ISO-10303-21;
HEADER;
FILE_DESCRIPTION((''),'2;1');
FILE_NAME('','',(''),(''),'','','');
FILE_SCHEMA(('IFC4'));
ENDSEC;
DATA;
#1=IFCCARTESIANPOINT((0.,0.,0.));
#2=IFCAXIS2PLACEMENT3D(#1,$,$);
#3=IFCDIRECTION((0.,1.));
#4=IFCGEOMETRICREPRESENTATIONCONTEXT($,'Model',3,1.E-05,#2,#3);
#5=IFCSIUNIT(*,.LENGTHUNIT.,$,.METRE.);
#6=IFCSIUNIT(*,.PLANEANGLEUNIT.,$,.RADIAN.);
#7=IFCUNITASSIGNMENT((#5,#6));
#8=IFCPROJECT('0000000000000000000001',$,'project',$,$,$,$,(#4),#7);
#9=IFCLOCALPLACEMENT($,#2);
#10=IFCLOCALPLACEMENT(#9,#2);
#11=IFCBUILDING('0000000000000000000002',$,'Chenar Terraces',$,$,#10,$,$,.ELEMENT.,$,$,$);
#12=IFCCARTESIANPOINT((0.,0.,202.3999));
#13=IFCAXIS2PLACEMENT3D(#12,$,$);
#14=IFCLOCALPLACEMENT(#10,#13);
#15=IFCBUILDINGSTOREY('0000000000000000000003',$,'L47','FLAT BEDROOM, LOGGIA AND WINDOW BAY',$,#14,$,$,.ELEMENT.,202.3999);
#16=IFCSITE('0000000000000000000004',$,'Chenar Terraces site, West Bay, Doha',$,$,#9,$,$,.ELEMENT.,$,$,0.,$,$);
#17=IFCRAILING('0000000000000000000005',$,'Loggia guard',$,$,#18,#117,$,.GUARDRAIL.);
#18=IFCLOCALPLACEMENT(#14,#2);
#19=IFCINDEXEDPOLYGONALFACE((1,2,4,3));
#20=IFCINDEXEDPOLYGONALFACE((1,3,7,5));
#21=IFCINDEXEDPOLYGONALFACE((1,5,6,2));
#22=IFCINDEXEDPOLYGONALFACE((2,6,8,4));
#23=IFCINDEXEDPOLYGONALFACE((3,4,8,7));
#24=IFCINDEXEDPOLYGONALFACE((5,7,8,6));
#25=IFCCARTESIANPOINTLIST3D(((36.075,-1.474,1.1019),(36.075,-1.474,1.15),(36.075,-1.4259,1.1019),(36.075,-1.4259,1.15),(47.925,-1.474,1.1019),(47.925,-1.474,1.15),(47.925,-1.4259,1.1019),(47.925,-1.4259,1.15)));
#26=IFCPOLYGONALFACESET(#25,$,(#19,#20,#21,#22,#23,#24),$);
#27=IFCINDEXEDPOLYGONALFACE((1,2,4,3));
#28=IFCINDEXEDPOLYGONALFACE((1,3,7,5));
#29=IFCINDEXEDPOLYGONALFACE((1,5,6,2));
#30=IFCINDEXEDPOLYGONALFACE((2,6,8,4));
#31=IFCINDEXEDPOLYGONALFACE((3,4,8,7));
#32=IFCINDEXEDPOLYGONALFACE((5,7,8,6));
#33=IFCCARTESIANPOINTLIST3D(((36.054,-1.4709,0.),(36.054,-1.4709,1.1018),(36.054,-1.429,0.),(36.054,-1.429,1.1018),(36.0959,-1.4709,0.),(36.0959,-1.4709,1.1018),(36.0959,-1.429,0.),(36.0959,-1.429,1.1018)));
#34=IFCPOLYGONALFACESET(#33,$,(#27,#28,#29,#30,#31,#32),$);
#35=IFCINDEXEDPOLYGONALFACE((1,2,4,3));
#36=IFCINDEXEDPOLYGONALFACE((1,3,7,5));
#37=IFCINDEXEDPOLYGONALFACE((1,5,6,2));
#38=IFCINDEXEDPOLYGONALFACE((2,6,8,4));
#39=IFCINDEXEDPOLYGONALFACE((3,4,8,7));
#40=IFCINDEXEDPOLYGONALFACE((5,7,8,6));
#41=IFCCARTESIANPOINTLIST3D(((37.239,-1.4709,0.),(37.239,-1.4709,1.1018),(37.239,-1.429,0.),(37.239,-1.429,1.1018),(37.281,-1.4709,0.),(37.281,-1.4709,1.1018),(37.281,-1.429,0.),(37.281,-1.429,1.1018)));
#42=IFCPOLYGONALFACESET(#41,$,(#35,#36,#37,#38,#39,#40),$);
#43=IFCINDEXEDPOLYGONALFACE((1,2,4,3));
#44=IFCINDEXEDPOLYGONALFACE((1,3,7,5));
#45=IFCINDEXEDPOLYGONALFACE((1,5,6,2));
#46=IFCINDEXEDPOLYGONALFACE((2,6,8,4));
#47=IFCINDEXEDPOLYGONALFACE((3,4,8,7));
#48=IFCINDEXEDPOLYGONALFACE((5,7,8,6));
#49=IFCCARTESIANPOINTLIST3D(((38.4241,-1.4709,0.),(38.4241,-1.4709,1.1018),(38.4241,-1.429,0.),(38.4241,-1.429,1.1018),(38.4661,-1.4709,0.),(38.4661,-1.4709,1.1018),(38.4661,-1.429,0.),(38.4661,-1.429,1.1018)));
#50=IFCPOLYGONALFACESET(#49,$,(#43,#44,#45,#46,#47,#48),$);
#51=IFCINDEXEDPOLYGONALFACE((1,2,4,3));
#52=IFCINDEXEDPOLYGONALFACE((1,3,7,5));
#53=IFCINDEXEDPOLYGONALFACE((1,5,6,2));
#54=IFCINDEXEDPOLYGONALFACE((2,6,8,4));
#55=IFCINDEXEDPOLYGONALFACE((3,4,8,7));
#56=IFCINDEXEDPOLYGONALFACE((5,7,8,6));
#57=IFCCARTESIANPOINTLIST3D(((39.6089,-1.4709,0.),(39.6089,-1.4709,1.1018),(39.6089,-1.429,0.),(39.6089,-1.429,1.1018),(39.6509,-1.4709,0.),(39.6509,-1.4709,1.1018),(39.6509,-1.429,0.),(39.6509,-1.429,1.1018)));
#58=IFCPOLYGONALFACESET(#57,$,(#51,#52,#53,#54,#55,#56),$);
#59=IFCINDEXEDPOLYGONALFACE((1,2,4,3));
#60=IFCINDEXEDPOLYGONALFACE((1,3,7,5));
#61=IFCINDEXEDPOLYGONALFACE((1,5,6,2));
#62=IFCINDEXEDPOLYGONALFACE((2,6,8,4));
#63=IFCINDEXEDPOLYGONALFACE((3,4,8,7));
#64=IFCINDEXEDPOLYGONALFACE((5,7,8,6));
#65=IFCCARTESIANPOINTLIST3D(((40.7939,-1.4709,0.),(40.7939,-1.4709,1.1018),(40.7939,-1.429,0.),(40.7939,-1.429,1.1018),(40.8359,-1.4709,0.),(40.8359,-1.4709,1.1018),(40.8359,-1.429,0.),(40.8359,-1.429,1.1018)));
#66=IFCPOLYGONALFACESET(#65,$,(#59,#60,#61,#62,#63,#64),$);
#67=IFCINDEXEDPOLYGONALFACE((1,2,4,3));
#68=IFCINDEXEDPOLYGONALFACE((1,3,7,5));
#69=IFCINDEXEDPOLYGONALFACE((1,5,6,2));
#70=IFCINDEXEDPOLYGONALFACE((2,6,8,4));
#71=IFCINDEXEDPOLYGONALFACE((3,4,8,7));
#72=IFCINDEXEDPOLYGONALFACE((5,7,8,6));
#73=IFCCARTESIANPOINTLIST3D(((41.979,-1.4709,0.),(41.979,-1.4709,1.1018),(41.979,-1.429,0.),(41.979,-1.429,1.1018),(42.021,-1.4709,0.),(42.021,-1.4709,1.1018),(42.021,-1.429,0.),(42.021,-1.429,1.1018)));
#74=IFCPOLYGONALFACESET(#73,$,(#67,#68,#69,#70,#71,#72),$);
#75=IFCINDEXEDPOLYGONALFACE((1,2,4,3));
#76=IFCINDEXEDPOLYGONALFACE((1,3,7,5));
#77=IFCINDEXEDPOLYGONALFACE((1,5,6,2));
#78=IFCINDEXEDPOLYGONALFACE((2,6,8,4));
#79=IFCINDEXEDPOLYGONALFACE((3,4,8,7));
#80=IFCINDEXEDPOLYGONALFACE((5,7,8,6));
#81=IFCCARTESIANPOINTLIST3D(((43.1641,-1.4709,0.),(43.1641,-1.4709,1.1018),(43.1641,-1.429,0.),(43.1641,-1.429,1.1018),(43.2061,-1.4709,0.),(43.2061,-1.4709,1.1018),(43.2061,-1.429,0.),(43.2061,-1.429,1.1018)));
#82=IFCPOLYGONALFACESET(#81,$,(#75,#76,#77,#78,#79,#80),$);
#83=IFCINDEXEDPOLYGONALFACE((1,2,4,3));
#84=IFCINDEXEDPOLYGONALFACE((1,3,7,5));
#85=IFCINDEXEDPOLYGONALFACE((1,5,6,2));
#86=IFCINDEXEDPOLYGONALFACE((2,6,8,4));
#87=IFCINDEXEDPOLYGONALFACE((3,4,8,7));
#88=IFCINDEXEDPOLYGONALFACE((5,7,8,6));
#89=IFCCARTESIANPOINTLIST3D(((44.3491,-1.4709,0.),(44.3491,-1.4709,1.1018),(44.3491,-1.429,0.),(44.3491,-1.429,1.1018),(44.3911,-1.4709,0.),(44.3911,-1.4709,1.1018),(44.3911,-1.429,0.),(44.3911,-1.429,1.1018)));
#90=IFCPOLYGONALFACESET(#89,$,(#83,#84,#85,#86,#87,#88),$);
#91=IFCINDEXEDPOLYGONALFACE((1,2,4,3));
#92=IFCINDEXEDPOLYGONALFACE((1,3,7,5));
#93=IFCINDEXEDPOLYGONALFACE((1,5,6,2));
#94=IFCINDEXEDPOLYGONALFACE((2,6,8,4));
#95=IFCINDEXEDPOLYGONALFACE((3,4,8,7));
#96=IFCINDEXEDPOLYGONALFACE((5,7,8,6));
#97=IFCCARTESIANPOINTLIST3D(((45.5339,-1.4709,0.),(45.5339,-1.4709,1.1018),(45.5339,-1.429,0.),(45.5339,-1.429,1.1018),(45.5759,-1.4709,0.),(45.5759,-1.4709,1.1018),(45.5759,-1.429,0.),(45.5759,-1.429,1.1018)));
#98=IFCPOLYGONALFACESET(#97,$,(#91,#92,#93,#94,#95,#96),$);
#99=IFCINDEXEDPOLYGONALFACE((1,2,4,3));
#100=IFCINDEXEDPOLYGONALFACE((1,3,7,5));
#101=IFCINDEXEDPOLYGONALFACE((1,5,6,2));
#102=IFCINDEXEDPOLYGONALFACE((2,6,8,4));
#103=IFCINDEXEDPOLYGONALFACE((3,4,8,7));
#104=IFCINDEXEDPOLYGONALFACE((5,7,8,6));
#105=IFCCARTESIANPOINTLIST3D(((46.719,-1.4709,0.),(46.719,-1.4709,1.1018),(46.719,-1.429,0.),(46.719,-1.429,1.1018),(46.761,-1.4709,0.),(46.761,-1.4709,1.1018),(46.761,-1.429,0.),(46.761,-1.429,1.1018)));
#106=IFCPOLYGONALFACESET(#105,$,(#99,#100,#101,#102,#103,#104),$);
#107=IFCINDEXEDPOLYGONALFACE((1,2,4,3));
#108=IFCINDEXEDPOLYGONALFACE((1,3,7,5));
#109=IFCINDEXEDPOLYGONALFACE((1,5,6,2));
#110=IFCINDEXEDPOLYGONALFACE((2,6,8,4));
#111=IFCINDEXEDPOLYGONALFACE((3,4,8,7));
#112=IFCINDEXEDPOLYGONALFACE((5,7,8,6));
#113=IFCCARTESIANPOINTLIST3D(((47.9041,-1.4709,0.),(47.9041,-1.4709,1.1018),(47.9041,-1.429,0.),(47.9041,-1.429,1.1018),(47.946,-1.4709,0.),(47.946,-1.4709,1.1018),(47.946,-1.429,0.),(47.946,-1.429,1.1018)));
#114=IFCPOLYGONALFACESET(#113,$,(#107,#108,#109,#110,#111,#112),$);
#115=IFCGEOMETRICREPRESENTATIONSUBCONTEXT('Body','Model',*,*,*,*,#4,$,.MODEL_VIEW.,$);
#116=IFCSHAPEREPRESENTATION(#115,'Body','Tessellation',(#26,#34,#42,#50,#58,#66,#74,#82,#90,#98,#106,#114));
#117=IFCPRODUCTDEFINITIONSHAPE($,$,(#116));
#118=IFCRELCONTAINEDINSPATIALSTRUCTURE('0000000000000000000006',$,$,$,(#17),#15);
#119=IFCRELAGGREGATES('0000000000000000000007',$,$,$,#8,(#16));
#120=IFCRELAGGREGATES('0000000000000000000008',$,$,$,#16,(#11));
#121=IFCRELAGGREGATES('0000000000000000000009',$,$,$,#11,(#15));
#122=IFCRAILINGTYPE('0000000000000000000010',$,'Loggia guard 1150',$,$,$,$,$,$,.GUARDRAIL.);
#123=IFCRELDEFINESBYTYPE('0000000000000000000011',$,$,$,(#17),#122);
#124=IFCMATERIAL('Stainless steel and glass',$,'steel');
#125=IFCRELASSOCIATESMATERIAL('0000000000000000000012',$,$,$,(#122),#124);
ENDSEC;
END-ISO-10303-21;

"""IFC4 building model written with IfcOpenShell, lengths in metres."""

from ifc_helpers import new_model, si_unit, direction, frame, origin, origin_2d, place, context, subcontext, project, spatial, rectangle, extrude, material, type_object, element, save


model = new_model("IFC4")

# Units and contexts
model_context = context("Model", 3, precision=1e-05, world=origin(), true_north=direction((0.0, 1.0)))
body_context = subcontext(model_context, "Body", "Model", "MODEL_VIEW")
ifc_project = project(units=[si_unit("LENGTHUNIT", "METRE"), si_unit("PLANEANGLEUNIT", "RADIAN")], contexts=[model_context])

# Site, building, storey
site_placement = place(None, origin())
site = spatial("IfcSite", under=ifc_project, at=site_placement, Name="Chenar Terraces site, West Bay, Doha", CompositionType="ELEMENT", RefElevation=0.0)
building_placement = place(site_placement, origin())
building = spatial("IfcBuilding", under=site, at=building_placement, Name="Chenar Terraces", CompositionType="ELEMENT")
storey_placement = place(building_placement, frame((0.0, 0.0, 202.3999)))
storey = spatial("IfcBuildingStorey", under=building, at=storey_placement, Name="L47", Description="FLAT BEDROOM, LOGGIA AND WINDOW BAY", CompositionType="ELEMENT", Elevation=202.3999)

# Railing
ifc_material_1 = material(Name="Stainless steel and glass", Category="steel")
railing_type = type_object("IfcRailingType", Name="Loggia guard 1150", PredefinedType="GUARDRAIL", material=ifc_material_1)
railing_placement = place(storey_placement, frame((36.075, -1.45, 0.0)))
element("IfcRailing", 1, at=railing_placement, inside=storey, type_object=railing_type, Name="Loggia guard", PredefinedType="GUARDRAIL", context=body_context, shape_type="SweptSolid", body=[
    extrude(rectangle(XDim=0.0481, YDim=0.0481, at=origin_2d()), frame((0.0, 0.0, 1.126), z_axis=(1.0, 0.0, 0.0), x_axis=(0.0, 1.0, 0.0)), (0.0, 0.0, 1.0), 11.8501),
    extrude(rectangle(XDim=0.042, YDim=0.042, at=origin_2d()), origin(), (0.0, 0.0, 1.0), 1.1018),
    extrude(rectangle(XDim=0.042, YDim=0.042, at=origin_2d()), frame((1.1851, 0.0, 0.0)), (0.0, 0.0, 1.0), 1.1018),
    extrude(rectangle(XDim=0.042, YDim=0.042, at=origin_2d()), frame((2.3701, 0.0, 0.0)), (0.0, 0.0, 1.0), 1.1018),
    extrude(rectangle(XDim=0.042, YDim=0.042, at=origin_2d()), frame((3.5549, 0.0, 0.0)), (0.0, 0.0, 1.0), 1.1018),
    extrude(rectangle(XDim=0.042, YDim=0.042, at=origin_2d()), frame((4.74, 0.0, 0.0)), (0.0, 0.0, 1.0), 1.1018),
    extrude(rectangle(XDim=0.042, YDim=0.042, at=origin_2d()), frame((5.925, 0.0, 0.0)), (0.0, 0.0, 1.0), 1.1018),
    extrude(rectangle(XDim=0.042, YDim=0.042, at=origin_2d()), frame((7.1101, 0.0, 0.0)), (0.0, 0.0, 1.0), 1.1018),
    extrude(rectangle(XDim=0.042, YDim=0.042, at=origin_2d()), frame((8.2952, 0.0, 0.0)), (0.0, 0.0, 1.0), 1.1018),
    extrude(rectangle(XDim=0.042, YDim=0.042, at=origin_2d()), frame((9.48, 0.0, 0.0)), (0.0, 0.0, 1.0), 1.1018),
    extrude(rectangle(XDim=0.042, YDim=0.042, at=origin_2d()), frame((10.665, 0.0, 0.0)), (0.0, 0.0, 1.0), 1.1018),
    extrude(rectangle(XDim=0.042, YDim=0.042, at=origin_2d()), frame((11.8501, 0.0, 0.0)), (0.0, 0.0, 1.0), 1.1018),
])

save(model, "model.ifc")
